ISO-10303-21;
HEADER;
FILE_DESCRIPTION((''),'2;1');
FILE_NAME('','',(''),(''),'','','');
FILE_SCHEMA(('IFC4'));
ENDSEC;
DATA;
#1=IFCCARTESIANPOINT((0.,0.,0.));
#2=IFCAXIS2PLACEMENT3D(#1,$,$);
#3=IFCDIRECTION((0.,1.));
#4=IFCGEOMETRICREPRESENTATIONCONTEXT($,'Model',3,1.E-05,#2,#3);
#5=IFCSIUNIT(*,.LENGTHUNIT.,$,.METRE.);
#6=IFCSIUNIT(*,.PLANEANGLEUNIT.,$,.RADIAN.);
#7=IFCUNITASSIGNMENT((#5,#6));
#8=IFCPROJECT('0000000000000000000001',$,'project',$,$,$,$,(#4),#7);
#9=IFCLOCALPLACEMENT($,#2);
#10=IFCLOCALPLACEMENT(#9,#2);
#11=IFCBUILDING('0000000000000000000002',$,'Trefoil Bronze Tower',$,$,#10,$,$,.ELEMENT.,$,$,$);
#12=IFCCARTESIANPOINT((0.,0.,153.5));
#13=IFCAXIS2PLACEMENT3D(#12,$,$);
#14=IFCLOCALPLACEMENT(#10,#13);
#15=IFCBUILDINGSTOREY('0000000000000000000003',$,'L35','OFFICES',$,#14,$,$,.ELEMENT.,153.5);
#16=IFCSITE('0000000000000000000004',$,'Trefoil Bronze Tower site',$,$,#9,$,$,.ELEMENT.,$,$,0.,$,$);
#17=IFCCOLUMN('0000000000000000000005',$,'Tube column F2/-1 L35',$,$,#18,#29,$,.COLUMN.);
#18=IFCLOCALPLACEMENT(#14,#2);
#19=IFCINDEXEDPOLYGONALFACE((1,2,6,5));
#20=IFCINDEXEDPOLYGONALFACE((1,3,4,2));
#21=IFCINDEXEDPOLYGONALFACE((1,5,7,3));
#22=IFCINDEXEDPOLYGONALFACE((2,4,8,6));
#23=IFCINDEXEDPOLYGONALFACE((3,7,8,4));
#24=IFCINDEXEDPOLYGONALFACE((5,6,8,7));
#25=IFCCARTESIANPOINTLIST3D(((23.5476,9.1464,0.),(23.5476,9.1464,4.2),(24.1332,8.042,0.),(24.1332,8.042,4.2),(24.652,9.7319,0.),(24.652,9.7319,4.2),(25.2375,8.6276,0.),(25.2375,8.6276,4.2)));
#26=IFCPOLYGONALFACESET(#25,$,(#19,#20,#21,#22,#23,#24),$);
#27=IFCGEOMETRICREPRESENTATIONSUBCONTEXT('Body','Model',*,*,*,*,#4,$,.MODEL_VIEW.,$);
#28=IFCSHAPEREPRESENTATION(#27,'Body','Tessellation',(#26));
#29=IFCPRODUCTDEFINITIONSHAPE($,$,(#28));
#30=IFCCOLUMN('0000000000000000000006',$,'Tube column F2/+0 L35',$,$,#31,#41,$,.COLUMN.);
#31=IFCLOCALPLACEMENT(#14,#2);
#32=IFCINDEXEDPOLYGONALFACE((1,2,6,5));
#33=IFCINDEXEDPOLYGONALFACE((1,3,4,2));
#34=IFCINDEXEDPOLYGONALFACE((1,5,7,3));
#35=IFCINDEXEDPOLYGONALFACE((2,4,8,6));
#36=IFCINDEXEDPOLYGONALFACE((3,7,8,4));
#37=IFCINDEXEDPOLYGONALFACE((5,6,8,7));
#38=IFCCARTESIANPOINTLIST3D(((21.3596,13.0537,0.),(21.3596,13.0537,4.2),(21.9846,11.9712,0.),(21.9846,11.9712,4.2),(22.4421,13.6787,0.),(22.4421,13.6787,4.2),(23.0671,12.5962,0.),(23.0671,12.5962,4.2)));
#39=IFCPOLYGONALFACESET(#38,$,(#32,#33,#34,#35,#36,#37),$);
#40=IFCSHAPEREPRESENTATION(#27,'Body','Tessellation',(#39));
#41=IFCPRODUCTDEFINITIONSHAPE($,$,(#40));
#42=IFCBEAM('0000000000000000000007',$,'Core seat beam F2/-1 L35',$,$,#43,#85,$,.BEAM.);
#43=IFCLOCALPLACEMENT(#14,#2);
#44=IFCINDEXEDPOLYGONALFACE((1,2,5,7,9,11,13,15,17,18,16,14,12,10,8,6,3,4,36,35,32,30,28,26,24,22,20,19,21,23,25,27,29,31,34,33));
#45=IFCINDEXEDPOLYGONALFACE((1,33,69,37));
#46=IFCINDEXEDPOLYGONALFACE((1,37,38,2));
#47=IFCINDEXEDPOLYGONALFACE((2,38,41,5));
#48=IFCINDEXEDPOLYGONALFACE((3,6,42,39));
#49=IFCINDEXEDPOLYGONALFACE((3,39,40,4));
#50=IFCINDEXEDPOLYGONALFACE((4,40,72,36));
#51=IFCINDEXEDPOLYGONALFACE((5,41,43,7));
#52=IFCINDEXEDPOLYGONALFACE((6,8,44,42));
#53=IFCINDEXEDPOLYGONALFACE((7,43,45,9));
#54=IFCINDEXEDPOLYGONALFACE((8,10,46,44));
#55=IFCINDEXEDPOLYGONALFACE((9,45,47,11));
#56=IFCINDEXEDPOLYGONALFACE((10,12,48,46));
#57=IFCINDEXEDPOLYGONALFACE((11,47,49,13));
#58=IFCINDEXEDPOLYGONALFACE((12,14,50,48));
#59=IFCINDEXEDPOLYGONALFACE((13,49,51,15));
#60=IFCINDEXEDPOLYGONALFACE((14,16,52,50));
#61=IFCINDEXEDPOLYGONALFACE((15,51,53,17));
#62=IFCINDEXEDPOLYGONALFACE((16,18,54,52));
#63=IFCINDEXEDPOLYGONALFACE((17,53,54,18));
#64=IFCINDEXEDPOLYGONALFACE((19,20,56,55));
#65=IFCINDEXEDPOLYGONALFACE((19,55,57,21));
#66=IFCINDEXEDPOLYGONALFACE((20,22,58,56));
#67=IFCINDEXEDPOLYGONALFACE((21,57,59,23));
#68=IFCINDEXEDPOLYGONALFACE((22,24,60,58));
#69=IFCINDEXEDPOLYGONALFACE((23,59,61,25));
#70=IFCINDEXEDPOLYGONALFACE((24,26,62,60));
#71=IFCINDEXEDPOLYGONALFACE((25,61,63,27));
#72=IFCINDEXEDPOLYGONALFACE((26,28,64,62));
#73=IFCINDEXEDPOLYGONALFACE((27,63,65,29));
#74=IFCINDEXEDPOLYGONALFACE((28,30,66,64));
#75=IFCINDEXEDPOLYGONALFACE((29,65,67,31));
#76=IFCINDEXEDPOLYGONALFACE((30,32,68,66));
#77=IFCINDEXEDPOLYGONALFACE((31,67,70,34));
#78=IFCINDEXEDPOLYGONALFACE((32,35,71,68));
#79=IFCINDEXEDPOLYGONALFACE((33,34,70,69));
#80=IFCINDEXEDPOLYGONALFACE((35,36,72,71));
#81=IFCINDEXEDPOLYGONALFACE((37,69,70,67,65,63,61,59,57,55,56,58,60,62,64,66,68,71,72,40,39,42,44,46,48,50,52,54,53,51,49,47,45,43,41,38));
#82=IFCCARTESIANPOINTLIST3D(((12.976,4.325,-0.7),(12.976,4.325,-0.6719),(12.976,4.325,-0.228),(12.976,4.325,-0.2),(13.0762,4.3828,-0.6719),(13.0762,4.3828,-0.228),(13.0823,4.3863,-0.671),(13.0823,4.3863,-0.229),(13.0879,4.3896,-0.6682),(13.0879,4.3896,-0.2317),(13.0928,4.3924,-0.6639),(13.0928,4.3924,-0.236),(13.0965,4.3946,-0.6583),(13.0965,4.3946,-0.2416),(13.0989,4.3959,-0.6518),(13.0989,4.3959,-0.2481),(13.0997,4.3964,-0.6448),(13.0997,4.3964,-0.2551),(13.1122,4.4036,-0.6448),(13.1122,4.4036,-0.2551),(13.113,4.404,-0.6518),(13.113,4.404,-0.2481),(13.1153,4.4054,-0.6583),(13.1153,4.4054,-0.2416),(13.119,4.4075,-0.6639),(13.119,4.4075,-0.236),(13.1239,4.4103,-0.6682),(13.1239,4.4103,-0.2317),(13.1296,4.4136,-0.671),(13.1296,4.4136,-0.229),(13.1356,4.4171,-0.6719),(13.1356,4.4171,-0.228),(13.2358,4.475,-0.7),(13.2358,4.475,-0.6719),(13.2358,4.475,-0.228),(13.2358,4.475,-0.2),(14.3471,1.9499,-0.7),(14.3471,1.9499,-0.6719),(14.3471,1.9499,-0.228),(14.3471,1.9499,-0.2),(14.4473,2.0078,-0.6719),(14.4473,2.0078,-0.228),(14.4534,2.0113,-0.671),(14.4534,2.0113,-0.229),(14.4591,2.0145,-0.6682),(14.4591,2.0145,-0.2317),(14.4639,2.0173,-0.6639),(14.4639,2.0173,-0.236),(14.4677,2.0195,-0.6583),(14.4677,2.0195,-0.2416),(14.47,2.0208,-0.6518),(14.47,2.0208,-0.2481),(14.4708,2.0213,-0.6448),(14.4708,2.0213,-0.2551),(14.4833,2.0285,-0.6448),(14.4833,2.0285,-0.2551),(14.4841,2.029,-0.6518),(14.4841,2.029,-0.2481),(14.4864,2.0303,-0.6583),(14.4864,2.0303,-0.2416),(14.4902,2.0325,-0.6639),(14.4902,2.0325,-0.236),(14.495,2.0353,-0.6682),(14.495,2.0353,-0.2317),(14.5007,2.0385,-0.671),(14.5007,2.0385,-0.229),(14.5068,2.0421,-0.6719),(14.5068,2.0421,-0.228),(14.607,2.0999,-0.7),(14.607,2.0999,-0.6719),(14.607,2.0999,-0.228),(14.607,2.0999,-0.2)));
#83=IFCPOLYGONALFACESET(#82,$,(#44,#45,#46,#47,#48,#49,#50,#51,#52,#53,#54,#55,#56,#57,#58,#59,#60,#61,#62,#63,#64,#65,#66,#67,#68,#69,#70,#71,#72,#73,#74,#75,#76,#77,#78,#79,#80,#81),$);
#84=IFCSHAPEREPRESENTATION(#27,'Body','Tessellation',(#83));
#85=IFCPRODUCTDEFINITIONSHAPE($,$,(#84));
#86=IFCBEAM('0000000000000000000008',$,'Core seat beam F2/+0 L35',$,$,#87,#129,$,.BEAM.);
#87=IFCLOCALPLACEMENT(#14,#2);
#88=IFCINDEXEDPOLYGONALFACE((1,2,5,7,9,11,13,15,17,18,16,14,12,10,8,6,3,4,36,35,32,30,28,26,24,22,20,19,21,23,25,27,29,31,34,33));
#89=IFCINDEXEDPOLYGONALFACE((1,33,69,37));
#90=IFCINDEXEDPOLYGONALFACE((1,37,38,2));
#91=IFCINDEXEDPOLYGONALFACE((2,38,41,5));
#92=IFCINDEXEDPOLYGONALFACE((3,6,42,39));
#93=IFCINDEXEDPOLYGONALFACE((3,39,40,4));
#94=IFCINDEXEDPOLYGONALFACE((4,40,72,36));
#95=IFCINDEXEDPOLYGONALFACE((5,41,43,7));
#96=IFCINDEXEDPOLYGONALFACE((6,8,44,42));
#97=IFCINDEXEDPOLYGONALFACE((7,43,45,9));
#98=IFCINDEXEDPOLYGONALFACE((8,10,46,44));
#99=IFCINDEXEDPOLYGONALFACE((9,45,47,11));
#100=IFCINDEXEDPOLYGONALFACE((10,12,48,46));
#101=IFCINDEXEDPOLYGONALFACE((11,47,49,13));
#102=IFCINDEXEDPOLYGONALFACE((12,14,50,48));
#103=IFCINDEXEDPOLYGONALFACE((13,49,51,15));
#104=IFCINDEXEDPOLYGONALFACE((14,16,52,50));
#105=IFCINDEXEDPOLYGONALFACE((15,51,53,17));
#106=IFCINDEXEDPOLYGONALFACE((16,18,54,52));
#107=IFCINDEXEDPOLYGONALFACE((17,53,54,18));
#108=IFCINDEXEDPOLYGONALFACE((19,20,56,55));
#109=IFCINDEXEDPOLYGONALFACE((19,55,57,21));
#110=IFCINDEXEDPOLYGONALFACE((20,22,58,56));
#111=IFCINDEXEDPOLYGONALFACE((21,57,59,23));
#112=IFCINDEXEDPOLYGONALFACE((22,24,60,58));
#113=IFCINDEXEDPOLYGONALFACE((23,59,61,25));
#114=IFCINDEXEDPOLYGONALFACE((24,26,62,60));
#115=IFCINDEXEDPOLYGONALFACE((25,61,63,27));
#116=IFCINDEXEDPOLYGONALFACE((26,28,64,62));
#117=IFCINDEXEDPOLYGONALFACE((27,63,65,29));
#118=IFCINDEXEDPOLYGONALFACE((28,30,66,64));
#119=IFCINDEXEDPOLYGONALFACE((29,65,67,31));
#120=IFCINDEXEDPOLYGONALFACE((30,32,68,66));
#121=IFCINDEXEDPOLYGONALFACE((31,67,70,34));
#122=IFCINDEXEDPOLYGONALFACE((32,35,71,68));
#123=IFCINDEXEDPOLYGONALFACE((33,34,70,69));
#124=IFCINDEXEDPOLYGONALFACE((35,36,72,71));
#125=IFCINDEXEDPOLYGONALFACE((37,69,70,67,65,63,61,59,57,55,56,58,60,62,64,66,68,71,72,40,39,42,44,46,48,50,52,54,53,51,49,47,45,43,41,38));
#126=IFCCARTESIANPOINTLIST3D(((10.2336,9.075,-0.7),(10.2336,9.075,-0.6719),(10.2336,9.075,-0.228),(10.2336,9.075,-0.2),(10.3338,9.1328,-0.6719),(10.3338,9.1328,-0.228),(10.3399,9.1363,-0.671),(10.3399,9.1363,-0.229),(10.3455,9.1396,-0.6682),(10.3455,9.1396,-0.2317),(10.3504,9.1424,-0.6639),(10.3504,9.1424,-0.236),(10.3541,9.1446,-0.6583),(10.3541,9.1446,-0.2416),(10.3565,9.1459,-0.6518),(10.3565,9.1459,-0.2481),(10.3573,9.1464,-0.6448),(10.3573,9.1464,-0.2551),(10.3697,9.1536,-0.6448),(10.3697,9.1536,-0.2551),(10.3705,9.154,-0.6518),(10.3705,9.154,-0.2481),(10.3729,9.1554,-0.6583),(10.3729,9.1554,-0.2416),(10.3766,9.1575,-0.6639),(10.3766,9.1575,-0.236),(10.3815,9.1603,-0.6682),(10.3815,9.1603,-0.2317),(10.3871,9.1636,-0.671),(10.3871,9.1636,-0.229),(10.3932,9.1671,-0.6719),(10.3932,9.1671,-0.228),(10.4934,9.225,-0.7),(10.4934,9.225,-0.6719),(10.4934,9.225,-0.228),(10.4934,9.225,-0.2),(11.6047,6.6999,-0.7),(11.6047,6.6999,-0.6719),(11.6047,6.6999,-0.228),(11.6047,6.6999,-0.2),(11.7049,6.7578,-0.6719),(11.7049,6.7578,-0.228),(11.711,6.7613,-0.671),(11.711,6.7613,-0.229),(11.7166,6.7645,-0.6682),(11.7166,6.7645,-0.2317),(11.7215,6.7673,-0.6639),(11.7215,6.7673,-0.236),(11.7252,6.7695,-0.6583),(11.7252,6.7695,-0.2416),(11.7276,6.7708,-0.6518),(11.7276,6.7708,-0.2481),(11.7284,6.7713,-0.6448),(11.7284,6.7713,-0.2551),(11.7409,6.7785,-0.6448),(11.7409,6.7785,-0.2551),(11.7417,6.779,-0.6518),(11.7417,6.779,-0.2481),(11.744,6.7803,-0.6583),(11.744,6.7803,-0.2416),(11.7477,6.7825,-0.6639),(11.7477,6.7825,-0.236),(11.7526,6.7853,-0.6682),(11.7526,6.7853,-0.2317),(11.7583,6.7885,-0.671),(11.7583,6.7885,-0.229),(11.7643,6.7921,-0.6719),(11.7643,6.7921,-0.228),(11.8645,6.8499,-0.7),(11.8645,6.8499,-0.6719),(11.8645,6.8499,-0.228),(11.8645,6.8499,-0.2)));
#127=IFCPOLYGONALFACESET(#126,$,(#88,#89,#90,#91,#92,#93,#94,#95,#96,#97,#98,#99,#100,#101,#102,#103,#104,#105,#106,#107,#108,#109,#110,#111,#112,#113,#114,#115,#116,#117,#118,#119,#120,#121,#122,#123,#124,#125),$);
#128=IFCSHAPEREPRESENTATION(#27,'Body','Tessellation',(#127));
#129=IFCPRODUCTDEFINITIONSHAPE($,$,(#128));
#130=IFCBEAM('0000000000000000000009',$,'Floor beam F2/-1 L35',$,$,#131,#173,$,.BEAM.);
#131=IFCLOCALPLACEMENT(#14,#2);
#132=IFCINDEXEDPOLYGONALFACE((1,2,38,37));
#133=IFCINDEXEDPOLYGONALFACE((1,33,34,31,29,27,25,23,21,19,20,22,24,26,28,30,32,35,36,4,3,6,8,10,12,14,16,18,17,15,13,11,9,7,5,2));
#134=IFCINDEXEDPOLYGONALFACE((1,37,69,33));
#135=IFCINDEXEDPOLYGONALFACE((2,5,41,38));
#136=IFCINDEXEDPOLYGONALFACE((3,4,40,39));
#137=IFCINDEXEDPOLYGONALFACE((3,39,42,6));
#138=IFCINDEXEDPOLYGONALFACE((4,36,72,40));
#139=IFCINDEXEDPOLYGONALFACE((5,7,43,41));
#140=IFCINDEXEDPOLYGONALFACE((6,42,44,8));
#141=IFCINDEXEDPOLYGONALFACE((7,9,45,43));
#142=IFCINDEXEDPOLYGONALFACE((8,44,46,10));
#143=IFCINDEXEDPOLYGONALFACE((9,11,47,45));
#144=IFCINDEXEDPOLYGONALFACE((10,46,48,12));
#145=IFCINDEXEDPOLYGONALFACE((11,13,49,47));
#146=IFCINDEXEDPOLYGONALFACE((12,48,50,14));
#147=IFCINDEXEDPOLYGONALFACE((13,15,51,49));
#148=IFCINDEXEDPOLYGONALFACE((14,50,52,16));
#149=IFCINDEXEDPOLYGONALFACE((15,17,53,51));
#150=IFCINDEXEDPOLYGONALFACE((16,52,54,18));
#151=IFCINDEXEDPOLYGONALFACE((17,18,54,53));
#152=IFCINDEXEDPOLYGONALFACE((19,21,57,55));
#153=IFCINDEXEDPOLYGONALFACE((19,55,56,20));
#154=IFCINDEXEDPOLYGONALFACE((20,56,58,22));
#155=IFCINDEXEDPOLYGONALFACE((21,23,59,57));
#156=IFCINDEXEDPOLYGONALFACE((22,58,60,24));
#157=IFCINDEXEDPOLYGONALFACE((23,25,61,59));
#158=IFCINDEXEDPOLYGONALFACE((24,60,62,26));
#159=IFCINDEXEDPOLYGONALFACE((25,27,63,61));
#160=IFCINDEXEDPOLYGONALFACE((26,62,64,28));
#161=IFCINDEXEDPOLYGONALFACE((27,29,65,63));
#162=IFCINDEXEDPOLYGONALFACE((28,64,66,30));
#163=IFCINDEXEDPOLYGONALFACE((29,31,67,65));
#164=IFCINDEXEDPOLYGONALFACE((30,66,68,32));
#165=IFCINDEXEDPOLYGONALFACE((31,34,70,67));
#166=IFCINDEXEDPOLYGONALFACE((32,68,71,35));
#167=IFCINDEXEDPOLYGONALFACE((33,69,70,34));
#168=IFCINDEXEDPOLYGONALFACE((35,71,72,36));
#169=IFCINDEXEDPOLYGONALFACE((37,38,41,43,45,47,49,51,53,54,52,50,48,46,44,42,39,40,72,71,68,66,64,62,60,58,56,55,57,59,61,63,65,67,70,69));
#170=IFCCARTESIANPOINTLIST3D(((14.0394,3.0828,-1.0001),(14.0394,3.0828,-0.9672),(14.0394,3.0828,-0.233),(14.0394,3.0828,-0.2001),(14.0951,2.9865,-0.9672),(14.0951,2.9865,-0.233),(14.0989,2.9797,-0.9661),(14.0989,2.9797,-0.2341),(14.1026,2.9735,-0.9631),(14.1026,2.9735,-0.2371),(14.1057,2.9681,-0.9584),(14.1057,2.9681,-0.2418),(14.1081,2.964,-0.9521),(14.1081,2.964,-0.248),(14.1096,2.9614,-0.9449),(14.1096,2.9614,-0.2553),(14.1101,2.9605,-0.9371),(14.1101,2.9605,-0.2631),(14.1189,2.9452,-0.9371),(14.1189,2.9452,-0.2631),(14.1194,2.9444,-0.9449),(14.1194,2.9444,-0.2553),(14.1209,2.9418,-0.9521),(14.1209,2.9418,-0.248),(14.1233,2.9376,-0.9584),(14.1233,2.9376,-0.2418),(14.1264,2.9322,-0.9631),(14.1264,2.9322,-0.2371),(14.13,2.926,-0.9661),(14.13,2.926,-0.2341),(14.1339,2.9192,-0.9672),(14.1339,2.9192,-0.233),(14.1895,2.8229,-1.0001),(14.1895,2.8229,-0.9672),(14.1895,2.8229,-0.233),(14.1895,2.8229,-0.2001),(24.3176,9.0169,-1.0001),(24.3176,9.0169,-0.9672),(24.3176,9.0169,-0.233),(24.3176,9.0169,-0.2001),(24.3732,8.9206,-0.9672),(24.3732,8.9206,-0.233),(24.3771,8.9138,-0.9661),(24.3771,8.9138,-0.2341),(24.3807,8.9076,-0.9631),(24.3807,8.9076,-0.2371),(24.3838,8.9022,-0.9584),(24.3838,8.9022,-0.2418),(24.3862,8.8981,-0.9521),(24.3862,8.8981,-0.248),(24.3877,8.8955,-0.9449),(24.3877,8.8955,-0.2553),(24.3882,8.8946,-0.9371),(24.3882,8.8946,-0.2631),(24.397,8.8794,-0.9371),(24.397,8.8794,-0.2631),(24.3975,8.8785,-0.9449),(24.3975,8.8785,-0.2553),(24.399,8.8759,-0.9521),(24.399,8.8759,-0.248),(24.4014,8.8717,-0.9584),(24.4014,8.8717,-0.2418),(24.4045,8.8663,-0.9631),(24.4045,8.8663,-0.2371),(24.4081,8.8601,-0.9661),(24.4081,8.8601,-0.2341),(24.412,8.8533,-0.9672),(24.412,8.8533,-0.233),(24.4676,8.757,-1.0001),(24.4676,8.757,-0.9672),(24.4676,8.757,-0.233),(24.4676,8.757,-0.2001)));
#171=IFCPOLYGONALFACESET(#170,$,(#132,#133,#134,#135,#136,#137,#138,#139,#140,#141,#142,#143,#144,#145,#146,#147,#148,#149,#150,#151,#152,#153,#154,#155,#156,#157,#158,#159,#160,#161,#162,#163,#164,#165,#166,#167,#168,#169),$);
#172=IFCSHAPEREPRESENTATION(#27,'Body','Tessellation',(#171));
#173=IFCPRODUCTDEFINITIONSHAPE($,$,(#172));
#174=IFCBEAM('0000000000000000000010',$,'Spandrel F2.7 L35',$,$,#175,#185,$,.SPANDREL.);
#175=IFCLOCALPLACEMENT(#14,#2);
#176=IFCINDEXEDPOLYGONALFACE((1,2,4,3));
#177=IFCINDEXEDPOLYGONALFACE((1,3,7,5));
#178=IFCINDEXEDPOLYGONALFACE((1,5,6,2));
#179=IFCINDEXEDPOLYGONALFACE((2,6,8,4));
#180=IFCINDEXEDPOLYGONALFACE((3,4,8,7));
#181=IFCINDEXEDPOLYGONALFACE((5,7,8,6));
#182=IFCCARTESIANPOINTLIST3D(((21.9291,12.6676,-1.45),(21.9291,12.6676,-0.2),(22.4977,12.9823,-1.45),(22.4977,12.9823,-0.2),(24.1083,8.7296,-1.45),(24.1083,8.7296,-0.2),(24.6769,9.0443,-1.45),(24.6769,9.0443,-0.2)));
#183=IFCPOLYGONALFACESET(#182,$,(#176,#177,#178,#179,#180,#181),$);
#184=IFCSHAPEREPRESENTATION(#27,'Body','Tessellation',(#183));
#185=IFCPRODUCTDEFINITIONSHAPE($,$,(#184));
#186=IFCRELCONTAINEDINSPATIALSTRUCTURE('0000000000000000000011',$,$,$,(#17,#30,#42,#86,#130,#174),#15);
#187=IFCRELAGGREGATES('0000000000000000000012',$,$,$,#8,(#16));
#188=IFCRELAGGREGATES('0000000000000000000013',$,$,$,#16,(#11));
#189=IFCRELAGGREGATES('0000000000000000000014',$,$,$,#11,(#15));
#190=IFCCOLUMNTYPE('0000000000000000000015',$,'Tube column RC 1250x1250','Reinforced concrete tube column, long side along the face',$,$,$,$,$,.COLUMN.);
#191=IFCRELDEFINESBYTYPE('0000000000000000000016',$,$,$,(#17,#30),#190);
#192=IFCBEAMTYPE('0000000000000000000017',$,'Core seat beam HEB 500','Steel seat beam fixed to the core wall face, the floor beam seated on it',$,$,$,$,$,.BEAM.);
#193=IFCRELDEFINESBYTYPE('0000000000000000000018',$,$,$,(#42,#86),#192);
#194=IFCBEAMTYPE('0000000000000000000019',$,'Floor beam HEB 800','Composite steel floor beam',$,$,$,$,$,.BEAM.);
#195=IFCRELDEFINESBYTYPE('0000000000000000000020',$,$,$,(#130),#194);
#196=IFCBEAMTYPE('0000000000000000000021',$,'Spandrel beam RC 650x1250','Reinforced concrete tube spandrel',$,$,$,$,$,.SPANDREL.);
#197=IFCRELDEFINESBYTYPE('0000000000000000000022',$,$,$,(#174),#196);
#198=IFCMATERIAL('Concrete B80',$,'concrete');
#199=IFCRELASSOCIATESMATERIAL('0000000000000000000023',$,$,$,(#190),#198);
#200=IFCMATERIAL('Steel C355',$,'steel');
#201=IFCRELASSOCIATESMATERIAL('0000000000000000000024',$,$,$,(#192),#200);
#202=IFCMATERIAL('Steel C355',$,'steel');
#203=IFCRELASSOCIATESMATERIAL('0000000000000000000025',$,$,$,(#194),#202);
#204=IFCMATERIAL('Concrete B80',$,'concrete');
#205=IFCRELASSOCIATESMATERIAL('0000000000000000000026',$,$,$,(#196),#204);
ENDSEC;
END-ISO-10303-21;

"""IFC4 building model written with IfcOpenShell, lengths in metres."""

from ifc_helpers import new_model, si_unit, direction, frame, origin, origin_2d, place, context, subcontext, project, spatial, rectangle, i_section, extrude, material, material_profile, profile_set, type_object, element, save


model = new_model("IFC4")

# Units and contexts
model_context = context("Model", 3, precision=1e-05, world=origin(), true_north=direction((0.0, 1.0)))
body_context = subcontext(model_context, "Body", "Model", "MODEL_VIEW")
ifc_project = project(units=[si_unit("LENGTHUNIT", "METRE"), si_unit("PLANEANGLEUNIT", "RADIAN")], contexts=[model_context])

# Site, building, storey
site_placement = place(None, origin())
site = spatial("IfcSite", under=ifc_project, at=site_placement, Name="Trefoil Bronze Tower site", CompositionType="ELEMENT", RefElevation=0.0)
building_placement = place(site_placement, origin())
building = spatial("IfcBuilding", under=site, at=building_placement, Name="Trefoil Bronze Tower", CompositionType="ELEMENT")
storey_placement = place(building_placement, frame((0.0, 0.0, 153.5)))
storey = spatial("IfcBuildingStorey", under=building, at=storey_placement, Name="L35", Description="OFFICES", CompositionType="ELEMENT", Elevation=153.5)

# Columns
ifc_material_1 = material(Name="Concrete B80", Category="concrete")
ifc_material_profile_1 = material_profile(ifc_material_1, rectangle(XDim=1.25, YDim=1.25, at=origin_2d()), Name="RC 1250x1250")
ifc_profile_set_1 = profile_set([ifc_material_profile_1], Name="Concrete B80")
column_type = type_object("IfcColumnType", Name="Tube column RC 1250x1250", Description="Reinforced concrete tube column, long side along the face", PredefinedType="COLUMN", material=ifc_profile_set_1)
for number, where, z_axis, x_axis, name in (
    (1, (24.3926, 8.887, 0.0), (0.0, 0.0, 1.0), (-0.468457, 0.883486, 0.0), "Tube column F2/-1 L35"),
    (2, (22.2134, 12.825, 0.0), (0.0, 0.0, 1.0), (-0.5, 0.866025, 0.0), "Tube column F2/+0 L35"),
):
    element("IfcColumn", number, at=place(storey_placement, frame(where, z_axis=z_axis, x_axis=x_axis)), inside=storey, type_object=column_type, Name=name, PredefinedType="COLUMN", context=body_context, shape_type="SweptSolid", body=[
        extrude(rectangle(XDim=1.25, YDim=1.25, at=origin_2d()), origin(), (0.0, 0.0, 1.0), 4.2),
    ])

# Beams
ifc_material_2 = material(Name="Steel C355", Category="steel")
ifc_material_profile_2 = material_profile(ifc_material_2, i_section(OverallWidth=0.3, OverallDepth=0.5, WebThickness=0.0144, FlangeThickness=0.0281, FilletRadius=0.0271, at=origin_2d()), Name="HEB 500")
ifc_profile_set_2 = profile_set([ifc_material_profile_2], Name="Steel C355")
beam_type_1 = type_object("IfcBeamType", Name="Core seat beam HEB 500", Description="Steel seat beam fixed to the core wall face, the floor beam seated on it", PredefinedType="BEAM", material=ifc_profile_set_2)
for number, where, z_axis, x_axis, name in (
    (3, (14.4771, 2.0249, -0.45), (-0.499969, 0.866043, 0.0), (-0.866043, -0.499969, 0.0), "Core seat beam F2/-1 L35"),
    (4, (11.7346, 6.7749, -0.45), (-0.499969, 0.866043, 0.0), (-0.866043, -0.499969, 0.0), "Core seat beam F2/+0 L35"),
):
    element("IfcBeam", number, at=place(storey_placement, frame(where, z_axis=z_axis, x_axis=x_axis)), inside=storey, type_object=beam_type_1, Name=name, PredefinedType="BEAM", context=body_context, shape_type="SweptSolid", body=[
        extrude(i_section(OverallWidth=0.3, OverallDepth=0.5, WebThickness=0.0144, FlangeThickness=0.0281, FilletRadius=0.0271, at=origin_2d()), origin(), (0.0, 0.0, 1.0), 2.7424),
    ])
ifc_material_3 = material(Name="Steel C355", Category="steel")
ifc_material_profile_3 = material_profile(ifc_material_3, i_section(OverallWidth=0.3, OverallDepth=0.8, WebThickness=0.0176, FlangeThickness=0.033, FilletRadius=0.03, at=origin_2d()), Name="HEB 800")
ifc_profile_set_3 = profile_set([ifc_material_profile_3], Name="Steel C355")
beam_type_2 = type_object("IfcBeamType", Name="Floor beam HEB 800", Description="Composite steel floor beam", PredefinedType="BEAM", material=ifc_profile_set_3)
beam_1_placement = place(storey_placement, frame((24.3926, 8.887, -0.6001), z_axis=(-0.866024, -0.500002, 0.0), x_axis=(0.500002, -0.866024, 0.0)))
element("IfcBeam", 5, at=beam_1_placement, inside=storey, type_object=beam_type_2, Name="Floor beam F2/-1 L35", PredefinedType="BEAM", context=body_context, shape_type="SweptSolid", body=[
    extrude(i_section(OverallWidth=0.3, OverallDepth=0.8, WebThickness=0.0176, FlangeThickness=0.033, FilletRadius=0.03, at=origin_2d()), origin(), (0.0, 0.0, 1.0), 11.8682),
])
ifc_material_4 = material(Name="Concrete B80", Category="concrete")
ifc_material_profile_4 = material_profile(ifc_material_4, rectangle(XDim=0.6499, YDim=1.25, at=origin_2d()), Name="RC 650x1250")
ifc_profile_set_4 = profile_set([ifc_material_profile_4], Name="Concrete B80")
beam_type_3 = type_object("IfcBeamType", Name="Spandrel beam RC 650x1250", Description="Reinforced concrete tube spandrel", PredefinedType="SPANDREL", material=ifc_profile_set_4)
beam_2_placement = place(storey_placement, frame((24.3926, 8.887, -0.825), z_axis=(-0.484187, 0.874965, 0.0), x_axis=(-0.874965, -0.484187, 0.0)))
element("IfcBeam", 6, at=beam_2_placement, inside=storey, type_object=beam_type_3, Name="Spandrel F2.7 L35", PredefinedType="SPANDREL", context=body_context, shape_type="SweptSolid", body=[
    extrude(rectangle(XDim=0.6499, YDim=1.25, at=origin_2d()), origin(), (0.0, 0.0, 1.0), 4.5007),
])

save(model, "model.ifc")
